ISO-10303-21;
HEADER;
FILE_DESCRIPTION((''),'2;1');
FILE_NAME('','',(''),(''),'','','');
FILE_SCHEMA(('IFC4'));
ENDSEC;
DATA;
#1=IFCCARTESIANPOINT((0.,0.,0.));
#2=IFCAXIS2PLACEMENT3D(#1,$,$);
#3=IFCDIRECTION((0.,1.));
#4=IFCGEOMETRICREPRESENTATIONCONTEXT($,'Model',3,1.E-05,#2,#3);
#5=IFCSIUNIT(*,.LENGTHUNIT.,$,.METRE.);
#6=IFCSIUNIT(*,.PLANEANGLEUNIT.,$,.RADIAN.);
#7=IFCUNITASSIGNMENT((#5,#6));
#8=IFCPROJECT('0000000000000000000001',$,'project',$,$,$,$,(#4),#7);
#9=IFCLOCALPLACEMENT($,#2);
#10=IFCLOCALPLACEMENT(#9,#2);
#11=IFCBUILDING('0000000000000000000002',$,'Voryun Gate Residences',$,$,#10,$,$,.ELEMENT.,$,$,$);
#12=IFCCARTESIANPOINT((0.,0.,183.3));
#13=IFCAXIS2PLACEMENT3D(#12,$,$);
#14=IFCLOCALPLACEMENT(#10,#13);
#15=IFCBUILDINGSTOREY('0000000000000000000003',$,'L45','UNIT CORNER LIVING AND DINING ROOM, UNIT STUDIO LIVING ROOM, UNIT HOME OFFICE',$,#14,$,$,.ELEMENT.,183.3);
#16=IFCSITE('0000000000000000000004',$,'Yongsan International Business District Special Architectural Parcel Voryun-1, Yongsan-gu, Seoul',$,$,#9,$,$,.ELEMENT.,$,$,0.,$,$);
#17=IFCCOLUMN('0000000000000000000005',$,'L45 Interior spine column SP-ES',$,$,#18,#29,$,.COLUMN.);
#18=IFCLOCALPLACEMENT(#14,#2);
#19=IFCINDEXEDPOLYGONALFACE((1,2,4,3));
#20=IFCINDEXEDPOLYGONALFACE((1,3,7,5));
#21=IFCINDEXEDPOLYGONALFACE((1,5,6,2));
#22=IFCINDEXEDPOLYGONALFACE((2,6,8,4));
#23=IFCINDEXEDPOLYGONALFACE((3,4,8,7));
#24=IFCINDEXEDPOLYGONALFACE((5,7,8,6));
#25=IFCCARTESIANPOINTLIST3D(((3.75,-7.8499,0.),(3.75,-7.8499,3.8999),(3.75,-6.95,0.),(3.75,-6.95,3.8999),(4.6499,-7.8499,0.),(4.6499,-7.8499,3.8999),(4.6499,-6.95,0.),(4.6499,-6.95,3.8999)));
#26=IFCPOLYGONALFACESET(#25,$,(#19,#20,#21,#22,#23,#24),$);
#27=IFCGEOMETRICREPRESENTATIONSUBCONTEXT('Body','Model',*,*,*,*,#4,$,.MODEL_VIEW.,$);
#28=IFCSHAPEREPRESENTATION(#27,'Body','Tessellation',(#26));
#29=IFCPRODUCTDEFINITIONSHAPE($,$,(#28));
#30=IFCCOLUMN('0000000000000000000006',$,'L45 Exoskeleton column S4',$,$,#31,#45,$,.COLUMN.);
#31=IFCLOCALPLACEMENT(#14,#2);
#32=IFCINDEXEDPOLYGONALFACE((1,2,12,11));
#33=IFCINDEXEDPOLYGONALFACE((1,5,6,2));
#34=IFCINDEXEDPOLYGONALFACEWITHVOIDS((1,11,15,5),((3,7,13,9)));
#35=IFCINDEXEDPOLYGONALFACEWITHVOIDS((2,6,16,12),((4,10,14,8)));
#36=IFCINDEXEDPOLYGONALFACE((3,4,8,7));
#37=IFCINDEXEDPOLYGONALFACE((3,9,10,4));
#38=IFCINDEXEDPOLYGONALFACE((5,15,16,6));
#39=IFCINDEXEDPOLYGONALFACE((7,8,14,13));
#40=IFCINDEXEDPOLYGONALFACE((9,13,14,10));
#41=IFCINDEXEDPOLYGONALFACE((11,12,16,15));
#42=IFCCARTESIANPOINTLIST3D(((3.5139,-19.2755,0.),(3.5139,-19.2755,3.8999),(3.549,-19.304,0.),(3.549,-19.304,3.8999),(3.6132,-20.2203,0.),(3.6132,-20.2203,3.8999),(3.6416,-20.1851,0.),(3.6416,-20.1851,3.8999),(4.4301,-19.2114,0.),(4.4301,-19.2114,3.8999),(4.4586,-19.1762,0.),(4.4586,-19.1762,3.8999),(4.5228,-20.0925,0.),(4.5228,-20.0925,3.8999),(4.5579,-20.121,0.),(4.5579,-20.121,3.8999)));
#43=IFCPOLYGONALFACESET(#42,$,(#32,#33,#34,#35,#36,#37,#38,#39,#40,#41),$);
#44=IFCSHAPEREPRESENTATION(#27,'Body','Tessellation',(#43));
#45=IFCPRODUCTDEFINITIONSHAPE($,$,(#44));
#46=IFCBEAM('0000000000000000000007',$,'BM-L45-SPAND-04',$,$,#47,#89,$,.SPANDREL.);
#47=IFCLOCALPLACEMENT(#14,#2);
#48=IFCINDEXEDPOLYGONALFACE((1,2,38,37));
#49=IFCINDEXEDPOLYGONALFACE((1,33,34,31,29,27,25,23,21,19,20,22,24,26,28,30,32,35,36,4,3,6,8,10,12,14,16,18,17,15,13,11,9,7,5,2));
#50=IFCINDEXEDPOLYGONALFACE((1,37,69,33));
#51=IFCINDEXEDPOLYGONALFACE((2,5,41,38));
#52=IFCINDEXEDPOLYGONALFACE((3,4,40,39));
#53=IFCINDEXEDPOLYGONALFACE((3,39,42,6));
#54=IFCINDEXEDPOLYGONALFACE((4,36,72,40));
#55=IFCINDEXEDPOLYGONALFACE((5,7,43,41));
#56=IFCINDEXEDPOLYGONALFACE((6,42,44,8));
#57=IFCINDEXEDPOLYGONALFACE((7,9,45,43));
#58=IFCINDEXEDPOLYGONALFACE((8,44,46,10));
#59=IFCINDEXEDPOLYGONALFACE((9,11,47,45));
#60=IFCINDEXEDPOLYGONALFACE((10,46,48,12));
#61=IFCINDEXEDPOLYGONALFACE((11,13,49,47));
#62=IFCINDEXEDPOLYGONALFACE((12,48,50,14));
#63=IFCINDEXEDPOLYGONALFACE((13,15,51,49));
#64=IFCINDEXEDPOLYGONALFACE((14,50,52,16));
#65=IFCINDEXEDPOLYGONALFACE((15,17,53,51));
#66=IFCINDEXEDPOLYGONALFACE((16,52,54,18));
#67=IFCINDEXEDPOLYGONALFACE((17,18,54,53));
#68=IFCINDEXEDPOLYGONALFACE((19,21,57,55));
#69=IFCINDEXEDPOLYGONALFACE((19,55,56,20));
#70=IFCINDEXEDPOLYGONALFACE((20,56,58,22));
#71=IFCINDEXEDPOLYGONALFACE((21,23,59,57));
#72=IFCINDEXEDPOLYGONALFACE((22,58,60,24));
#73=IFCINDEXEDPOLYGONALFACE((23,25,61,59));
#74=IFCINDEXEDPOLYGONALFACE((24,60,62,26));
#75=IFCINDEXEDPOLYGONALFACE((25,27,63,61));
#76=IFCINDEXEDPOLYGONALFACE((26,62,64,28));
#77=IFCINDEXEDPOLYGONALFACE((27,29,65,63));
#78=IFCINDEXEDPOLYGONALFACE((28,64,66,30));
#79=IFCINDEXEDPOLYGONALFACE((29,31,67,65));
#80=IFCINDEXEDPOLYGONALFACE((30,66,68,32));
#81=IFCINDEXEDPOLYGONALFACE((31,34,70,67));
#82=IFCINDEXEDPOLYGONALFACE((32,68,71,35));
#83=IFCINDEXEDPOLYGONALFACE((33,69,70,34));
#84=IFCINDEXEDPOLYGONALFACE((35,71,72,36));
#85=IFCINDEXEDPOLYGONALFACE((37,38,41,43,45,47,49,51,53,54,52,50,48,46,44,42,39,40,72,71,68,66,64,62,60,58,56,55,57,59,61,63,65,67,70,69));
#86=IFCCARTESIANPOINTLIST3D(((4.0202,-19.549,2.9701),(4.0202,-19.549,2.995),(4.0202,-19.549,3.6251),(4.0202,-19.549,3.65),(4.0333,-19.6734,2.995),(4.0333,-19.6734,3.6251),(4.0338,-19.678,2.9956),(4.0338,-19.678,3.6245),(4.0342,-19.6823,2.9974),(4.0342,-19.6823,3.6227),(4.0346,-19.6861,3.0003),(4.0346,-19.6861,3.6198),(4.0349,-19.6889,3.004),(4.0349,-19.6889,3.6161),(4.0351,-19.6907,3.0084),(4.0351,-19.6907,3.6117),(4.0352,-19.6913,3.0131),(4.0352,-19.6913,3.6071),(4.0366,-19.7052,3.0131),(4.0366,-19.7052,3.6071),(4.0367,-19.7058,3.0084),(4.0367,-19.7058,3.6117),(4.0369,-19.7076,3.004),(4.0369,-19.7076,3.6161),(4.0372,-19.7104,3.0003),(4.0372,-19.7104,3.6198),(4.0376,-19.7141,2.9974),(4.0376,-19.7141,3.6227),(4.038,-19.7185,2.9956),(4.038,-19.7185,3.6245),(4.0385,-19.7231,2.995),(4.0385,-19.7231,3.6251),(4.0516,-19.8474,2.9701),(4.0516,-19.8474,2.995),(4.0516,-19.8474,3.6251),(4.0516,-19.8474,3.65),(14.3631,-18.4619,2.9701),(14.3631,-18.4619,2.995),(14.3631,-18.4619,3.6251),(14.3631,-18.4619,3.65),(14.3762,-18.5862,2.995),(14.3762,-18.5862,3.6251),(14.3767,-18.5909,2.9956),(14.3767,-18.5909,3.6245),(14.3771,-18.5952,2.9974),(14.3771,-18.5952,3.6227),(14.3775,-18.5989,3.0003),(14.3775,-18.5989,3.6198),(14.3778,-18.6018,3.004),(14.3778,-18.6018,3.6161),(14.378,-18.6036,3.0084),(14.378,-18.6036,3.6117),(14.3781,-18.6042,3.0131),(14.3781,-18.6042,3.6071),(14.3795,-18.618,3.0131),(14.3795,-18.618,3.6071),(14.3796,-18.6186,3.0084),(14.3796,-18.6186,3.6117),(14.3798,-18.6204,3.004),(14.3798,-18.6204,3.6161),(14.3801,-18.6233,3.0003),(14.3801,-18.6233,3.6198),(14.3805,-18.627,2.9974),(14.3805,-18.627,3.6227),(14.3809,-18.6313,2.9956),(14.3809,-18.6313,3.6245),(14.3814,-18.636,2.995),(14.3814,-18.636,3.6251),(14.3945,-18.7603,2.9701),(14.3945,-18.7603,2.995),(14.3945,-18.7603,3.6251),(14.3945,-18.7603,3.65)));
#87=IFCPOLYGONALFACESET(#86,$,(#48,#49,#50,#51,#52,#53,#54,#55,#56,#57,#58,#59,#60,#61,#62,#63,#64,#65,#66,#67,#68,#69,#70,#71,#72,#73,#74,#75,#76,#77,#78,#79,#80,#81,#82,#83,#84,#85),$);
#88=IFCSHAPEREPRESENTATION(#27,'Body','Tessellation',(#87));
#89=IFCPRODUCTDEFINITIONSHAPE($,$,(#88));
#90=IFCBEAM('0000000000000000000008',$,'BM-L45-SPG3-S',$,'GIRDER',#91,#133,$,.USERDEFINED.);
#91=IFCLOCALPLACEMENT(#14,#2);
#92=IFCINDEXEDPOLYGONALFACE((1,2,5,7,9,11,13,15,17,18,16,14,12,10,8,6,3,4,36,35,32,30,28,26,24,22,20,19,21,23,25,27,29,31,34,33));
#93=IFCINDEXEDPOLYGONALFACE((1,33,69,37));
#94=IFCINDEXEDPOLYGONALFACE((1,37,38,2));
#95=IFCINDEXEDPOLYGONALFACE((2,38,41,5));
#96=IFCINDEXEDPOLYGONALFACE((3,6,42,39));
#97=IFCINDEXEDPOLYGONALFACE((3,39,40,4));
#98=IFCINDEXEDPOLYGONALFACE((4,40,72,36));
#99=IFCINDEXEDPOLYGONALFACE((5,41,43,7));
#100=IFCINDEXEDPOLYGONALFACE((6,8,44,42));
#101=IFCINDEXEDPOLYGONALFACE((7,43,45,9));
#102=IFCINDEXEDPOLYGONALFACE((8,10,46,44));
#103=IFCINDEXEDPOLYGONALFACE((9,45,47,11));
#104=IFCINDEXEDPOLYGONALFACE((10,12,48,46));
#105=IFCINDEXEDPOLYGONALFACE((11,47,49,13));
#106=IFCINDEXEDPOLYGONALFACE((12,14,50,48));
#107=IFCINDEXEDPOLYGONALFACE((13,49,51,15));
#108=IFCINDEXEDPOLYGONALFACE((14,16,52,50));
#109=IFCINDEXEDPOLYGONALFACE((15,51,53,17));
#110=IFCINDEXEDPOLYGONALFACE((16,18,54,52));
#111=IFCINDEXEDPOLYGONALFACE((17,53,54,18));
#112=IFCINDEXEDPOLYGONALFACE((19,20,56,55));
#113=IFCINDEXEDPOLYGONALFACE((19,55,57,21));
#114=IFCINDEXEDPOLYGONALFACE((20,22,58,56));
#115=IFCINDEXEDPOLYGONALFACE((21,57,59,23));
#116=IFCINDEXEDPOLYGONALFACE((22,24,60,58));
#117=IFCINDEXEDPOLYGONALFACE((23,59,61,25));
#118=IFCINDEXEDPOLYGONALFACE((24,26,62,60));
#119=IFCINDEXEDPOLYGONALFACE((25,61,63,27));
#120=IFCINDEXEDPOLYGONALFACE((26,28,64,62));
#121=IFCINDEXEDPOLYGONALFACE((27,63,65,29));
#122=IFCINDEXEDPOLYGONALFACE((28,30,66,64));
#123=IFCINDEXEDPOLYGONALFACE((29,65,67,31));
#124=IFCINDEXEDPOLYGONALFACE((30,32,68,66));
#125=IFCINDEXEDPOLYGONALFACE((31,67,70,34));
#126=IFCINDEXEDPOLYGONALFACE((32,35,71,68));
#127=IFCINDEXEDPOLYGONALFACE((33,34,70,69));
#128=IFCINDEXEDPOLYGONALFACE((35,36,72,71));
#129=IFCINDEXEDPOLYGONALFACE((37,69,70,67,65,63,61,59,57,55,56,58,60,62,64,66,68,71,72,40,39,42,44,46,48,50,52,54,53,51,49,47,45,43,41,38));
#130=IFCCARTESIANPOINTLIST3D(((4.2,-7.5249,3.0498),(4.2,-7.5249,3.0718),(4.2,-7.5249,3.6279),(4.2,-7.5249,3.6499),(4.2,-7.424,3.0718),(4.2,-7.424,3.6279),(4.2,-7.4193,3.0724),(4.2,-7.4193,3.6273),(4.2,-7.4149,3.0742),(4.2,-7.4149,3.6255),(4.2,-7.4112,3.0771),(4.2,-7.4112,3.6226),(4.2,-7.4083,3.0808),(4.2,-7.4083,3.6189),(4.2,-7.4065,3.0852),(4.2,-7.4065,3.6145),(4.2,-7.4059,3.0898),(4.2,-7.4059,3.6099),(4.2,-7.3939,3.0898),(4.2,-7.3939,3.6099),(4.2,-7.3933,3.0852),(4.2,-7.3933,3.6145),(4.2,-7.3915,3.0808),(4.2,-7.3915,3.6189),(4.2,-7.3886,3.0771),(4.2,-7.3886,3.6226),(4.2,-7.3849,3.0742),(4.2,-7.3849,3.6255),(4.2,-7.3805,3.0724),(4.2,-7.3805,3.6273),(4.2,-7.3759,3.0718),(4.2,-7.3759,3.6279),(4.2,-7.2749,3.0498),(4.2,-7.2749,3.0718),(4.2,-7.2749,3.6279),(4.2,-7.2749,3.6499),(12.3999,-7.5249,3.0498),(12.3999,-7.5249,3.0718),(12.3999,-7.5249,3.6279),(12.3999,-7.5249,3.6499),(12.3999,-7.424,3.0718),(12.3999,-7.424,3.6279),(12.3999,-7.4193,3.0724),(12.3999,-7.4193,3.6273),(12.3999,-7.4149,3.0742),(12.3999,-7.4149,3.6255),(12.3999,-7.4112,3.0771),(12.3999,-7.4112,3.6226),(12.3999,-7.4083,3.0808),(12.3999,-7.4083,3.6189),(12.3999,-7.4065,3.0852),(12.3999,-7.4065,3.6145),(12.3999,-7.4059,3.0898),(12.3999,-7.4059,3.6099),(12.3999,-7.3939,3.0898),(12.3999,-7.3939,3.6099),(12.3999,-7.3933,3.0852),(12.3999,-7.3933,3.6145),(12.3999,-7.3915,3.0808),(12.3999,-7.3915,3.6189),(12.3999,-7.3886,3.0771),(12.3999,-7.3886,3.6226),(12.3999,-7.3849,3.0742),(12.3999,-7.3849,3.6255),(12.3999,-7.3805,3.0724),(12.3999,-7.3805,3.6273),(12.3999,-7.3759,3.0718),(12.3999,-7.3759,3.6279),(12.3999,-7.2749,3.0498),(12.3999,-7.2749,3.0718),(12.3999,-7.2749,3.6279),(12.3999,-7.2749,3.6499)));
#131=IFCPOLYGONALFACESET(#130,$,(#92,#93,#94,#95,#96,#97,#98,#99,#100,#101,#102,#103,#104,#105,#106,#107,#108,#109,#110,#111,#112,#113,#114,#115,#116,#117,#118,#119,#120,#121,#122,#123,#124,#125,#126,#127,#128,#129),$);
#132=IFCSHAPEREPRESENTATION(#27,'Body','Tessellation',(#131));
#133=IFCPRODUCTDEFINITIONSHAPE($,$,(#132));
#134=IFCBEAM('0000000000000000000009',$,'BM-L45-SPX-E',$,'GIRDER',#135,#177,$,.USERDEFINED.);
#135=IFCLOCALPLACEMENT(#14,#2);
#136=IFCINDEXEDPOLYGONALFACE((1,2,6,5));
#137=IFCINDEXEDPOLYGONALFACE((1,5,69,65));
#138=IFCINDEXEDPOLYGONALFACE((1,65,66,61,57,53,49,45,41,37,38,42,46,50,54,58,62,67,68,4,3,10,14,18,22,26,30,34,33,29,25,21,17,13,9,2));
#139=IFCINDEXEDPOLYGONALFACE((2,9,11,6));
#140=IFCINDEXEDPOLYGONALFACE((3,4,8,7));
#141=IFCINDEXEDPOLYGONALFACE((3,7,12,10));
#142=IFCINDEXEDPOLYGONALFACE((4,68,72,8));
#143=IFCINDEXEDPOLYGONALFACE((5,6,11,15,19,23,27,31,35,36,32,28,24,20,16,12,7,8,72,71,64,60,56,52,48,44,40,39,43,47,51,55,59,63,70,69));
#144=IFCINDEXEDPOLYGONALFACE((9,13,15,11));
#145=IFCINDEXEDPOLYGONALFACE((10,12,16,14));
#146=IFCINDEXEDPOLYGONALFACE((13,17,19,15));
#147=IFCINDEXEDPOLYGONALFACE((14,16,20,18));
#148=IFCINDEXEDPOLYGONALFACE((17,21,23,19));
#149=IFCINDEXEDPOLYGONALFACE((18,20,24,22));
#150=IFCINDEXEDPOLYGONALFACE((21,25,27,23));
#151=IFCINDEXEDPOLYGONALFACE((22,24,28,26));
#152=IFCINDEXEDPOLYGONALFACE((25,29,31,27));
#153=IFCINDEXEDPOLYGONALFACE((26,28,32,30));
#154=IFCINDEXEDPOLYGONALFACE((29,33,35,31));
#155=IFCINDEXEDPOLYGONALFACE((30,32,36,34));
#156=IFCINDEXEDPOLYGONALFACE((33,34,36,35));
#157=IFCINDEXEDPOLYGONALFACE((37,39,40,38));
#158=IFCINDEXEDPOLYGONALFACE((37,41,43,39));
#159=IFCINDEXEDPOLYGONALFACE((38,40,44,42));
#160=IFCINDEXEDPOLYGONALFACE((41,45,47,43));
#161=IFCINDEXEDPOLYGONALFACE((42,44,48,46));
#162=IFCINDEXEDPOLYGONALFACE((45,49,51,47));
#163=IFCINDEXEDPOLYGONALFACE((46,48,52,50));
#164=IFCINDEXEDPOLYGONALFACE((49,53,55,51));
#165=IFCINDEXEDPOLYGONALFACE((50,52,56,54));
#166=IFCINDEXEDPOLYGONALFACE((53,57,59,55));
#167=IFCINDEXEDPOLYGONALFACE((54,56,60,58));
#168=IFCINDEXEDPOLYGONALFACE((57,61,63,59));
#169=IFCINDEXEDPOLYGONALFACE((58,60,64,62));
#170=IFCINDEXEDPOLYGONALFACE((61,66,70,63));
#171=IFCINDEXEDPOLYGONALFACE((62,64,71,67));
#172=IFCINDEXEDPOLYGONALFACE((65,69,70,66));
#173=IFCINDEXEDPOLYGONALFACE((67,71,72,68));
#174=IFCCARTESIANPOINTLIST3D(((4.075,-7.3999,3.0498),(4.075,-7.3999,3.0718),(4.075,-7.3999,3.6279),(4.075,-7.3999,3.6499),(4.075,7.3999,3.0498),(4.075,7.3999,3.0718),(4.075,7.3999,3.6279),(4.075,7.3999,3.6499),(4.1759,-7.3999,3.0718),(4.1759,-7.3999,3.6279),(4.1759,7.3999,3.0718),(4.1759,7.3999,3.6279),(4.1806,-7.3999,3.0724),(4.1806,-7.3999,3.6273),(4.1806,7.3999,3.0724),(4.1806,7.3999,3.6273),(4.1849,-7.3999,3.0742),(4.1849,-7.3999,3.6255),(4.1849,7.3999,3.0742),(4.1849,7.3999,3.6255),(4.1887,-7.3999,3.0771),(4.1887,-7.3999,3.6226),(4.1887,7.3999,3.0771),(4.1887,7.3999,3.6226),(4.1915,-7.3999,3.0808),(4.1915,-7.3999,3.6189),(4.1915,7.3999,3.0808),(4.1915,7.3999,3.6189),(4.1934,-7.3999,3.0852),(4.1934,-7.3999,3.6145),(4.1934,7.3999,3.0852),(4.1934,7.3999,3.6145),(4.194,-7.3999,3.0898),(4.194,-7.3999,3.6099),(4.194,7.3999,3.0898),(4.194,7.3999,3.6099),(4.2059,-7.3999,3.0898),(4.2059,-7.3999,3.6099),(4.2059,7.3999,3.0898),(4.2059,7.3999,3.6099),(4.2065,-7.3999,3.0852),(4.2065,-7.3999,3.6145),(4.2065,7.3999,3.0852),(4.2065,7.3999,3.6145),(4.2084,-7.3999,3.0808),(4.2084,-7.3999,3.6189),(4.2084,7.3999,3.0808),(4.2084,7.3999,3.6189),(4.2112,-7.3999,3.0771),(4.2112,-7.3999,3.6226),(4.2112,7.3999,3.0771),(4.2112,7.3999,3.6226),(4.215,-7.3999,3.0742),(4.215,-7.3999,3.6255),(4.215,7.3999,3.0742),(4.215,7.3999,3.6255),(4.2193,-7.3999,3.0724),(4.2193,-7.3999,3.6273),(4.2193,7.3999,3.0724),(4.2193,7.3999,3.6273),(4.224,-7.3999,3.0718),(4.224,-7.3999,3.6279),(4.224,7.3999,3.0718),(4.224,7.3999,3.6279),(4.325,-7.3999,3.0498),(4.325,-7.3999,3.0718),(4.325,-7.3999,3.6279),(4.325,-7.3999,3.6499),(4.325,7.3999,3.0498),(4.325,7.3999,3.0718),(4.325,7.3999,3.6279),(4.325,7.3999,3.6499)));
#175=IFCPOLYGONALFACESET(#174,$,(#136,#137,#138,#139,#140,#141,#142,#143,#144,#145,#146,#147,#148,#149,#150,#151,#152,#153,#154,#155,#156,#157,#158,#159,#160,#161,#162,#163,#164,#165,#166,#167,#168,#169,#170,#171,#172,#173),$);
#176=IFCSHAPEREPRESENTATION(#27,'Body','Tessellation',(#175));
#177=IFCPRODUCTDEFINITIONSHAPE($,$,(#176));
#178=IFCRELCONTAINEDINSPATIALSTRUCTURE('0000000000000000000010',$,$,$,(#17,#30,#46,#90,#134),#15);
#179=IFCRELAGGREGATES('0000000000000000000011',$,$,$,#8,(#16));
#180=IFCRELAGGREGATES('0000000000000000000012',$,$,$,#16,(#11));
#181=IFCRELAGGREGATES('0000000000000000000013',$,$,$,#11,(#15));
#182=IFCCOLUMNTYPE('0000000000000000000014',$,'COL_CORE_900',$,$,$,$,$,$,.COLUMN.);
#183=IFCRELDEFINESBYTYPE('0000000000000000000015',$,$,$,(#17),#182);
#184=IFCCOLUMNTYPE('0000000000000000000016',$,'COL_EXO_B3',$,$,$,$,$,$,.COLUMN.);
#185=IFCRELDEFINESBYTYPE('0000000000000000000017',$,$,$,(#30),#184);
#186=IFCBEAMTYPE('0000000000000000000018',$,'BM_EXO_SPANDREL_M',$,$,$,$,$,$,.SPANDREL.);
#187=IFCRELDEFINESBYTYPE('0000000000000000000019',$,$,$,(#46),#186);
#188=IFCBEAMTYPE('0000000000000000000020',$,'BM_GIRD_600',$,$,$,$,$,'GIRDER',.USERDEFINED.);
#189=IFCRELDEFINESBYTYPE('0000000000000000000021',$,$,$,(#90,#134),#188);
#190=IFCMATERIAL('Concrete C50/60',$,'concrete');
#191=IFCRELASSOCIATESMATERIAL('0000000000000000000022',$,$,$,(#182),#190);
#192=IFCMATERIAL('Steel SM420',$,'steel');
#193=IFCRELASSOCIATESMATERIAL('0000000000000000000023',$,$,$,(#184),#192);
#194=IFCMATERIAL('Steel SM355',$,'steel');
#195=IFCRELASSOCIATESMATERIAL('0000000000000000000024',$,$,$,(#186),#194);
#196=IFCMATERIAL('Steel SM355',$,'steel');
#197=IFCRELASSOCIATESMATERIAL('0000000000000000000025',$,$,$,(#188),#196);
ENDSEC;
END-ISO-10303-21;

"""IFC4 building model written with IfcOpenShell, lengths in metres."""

from ifc_helpers import new_model, si_unit, direction, frame, origin, origin_2d, place, context, subcontext, project, spatial, rectangle, hollow_rectangle, i_section, extrude, material, material_profile, profile_set, type_object, element, save


model = new_model("IFC4")

# Units and contexts
model_context = context("Model", 3, precision=1e-05, world=origin(), true_north=direction((0.0, 1.0)))
body_context = subcontext(model_context, "Body", "Model", "MODEL_VIEW")
ifc_project = project(units=[si_unit("LENGTHUNIT", "METRE"), si_unit("PLANEANGLEUNIT", "RADIAN")], contexts=[model_context])

# Site, building, storey
site_placement = place(None, origin())
site = spatial("IfcSite", under=ifc_project, at=site_placement, Name="Yongsan International Business District Special Architectural Parcel Voryun-1, Yongsan-gu, Seoul", CompositionType="ELEMENT", RefElevation=0.0)
building_placement = place(site_placement, origin())
building = spatial("IfcBuilding", under=site, at=building_placement, Name="Voryun Gate Residences", CompositionType="ELEMENT")
storey_placement = place(building_placement, frame((0.0, 0.0, 183.3)))
storey = spatial("IfcBuildingStorey", under=building, at=storey_placement, Name="L45", Description="UNIT CORNER LIVING AND DINING ROOM, UNIT STUDIO LIVING ROOM, UNIT HOME OFFICE", CompositionType="ELEMENT", Elevation=183.3)

# Columns
ifc_material_1 = material(Name="Concrete C50/60", Category="concrete")
ifc_material_profile_1 = material_profile(ifc_material_1, rectangle(XDim=0.8999, YDim=0.8999, at=origin_2d()), Name="RC-900x900")
ifc_profile_set_1 = profile_set([ifc_material_profile_1], Name="Concrete C50/60")
column_type_1 = type_object("IfcColumnType", Name="COL_CORE_900", PredefinedType="COLUMN", material=ifc_profile_set_1)
column_1_placement = place(storey_placement, frame((4.2, -7.3999, 0.0), z_axis=(0.0, 0.0, 1.0), x_axis=(1.0, 0.0, 0.0)))
element("IfcColumn", 1, at=column_1_placement, inside=storey, type_object=column_type_1, Name="L45 Interior spine column SP-ES", PredefinedType="COLUMN", context=body_context, shape_type="SweptSolid", body=[
    extrude(rectangle(XDim=0.8999, YDim=0.8999, at=origin_2d()), origin(), (0.0, 0.0, 1.0), 3.8999),
])
ifc_material_2 = material(Name="Steel SM420", Category="steel")
ifc_material_profile_2 = material_profile(ifc_material_2, hollow_rectangle(XDim=0.95, YDim=0.95, WallThickness=0.032, at=origin_2d()), Name="BOX-950x950x32")
ifc_profile_set_2 = profile_set([ifc_material_profile_2], Name="Steel SM420")
column_type_2 = type_object("IfcColumnType", Name="COL_EXO_B3", PredefinedType="COLUMN", material=ifc_profile_set_2)
column_2_placement = place(storey_placement, frame((4.0359, -19.6982, 0.0), z_axis=(0.0, 0.0, 1.0), x_axis=(0.994522, 0.104528, 0.0)))
element("IfcColumn", 2, at=column_2_placement, inside=storey, type_object=column_type_2, Name="L45 Exoskeleton column S4", PredefinedType="COLUMN", context=body_context, shape_type="SweptSolid", body=[
    extrude(hollow_rectangle(XDim=0.95, YDim=0.95, WallThickness=0.032, at=origin_2d()), origin(), (0.0, 0.0, 1.0), 3.8999),
])

# Beams
ifc_material_3 = material(Name="Steel SM355", Category="steel")
ifc_material_profile_3 = material_profile(ifc_material_3, i_section(OverallWidth=0.3, OverallDepth=0.6799, WebThickness=0.0139, FlangeThickness=0.0249, FilletRadius=0.0181, at=origin_2d()), Name="H-680x300x14x25")
ifc_profile_set_3 = profile_set([ifc_material_profile_3], Name="Steel SM355")
beam_type_1 = type_object("IfcBeamType", Name="BM_EXO_SPANDREL_M", PredefinedType="SPANDREL", material=ifc_profile_set_3)
beam_1_placement = place(storey_placement, frame((4.0359, -19.6982, 3.3101), z_axis=(0.994521, 0.104534, 0.0), x_axis=(-0.104534, 0.994521, 0.0)))
element("IfcBeam", 3, at=beam_1_placement, inside=storey, type_object=beam_type_1, Name="BM-L45-SPAND-04", PredefinedType="SPANDREL", context=body_context, shape_type="SweptSolid", body=[
    extrude(i_section(OverallWidth=0.3, OverallDepth=0.6799, WebThickness=0.0139, FlangeThickness=0.0249, FilletRadius=0.0181, at=origin_2d()), origin(), (0.0, 0.0, 1.0), 10.3999),
])
ifc_material_4 = material(Name="Steel SM355", Category="steel")
ifc_material_profile_4 = material_profile(ifc_material_4, i_section(OverallWidth=0.25, OverallDepth=0.6001, WebThickness=0.012, FlangeThickness=0.022, FilletRadius=0.0181, at=origin_2d()), Name="H-600x250x12x22")
ifc_profile_set_4 = profile_set([ifc_material_profile_4], Name="Steel SM355")
beam_type_2 = type_object("IfcBeamType", Name="BM_GIRD_600", ElementType="GIRDER", PredefinedType="USERDEFINED", material=ifc_profile_set_4)
beam_2_placement = place(storey_placement, frame((4.2, -7.3999, 3.3499), z_axis=(1.0, 0.0, 0.0), x_axis=(0.0, 1.0, 0.0)))
element("IfcBeam", 4, at=beam_2_placement, inside=storey, type_object=beam_type_2, Name="BM-L45-SPG3-S", ObjectType="GIRDER", PredefinedType="USERDEFINED", context=body_context, shape_type="SweptSolid", body=[
    extrude(i_section(OverallWidth=0.25, OverallDepth=0.6001, WebThickness=0.012, FlangeThickness=0.022, FilletRadius=0.0181, at=origin_2d()), origin(), (0.0, 0.0, 1.0), 8.2),
])
beam_3_placement = place(storey_placement, frame((4.2, -7.3999, 3.3499), z_axis=(0.0, 1.0, 0.0), x_axis=(-1.0, 0.0, 0.0)))
element("IfcBeam", 5, at=beam_3_placement, inside=storey, type_object=beam_type_2, Name="BM-L45-SPX-E", ObjectType="GIRDER", PredefinedType="USERDEFINED", context=body_context, shape_type="SweptSolid", body=[
    extrude(i_section(OverallWidth=0.25, OverallDepth=0.6001, WebThickness=0.012, FlangeThickness=0.022, FilletRadius=0.0181, at=origin_2d()), origin(), (0.0, 0.0, 1.0), 14.7998),
])

save(model, "model.ifc")
